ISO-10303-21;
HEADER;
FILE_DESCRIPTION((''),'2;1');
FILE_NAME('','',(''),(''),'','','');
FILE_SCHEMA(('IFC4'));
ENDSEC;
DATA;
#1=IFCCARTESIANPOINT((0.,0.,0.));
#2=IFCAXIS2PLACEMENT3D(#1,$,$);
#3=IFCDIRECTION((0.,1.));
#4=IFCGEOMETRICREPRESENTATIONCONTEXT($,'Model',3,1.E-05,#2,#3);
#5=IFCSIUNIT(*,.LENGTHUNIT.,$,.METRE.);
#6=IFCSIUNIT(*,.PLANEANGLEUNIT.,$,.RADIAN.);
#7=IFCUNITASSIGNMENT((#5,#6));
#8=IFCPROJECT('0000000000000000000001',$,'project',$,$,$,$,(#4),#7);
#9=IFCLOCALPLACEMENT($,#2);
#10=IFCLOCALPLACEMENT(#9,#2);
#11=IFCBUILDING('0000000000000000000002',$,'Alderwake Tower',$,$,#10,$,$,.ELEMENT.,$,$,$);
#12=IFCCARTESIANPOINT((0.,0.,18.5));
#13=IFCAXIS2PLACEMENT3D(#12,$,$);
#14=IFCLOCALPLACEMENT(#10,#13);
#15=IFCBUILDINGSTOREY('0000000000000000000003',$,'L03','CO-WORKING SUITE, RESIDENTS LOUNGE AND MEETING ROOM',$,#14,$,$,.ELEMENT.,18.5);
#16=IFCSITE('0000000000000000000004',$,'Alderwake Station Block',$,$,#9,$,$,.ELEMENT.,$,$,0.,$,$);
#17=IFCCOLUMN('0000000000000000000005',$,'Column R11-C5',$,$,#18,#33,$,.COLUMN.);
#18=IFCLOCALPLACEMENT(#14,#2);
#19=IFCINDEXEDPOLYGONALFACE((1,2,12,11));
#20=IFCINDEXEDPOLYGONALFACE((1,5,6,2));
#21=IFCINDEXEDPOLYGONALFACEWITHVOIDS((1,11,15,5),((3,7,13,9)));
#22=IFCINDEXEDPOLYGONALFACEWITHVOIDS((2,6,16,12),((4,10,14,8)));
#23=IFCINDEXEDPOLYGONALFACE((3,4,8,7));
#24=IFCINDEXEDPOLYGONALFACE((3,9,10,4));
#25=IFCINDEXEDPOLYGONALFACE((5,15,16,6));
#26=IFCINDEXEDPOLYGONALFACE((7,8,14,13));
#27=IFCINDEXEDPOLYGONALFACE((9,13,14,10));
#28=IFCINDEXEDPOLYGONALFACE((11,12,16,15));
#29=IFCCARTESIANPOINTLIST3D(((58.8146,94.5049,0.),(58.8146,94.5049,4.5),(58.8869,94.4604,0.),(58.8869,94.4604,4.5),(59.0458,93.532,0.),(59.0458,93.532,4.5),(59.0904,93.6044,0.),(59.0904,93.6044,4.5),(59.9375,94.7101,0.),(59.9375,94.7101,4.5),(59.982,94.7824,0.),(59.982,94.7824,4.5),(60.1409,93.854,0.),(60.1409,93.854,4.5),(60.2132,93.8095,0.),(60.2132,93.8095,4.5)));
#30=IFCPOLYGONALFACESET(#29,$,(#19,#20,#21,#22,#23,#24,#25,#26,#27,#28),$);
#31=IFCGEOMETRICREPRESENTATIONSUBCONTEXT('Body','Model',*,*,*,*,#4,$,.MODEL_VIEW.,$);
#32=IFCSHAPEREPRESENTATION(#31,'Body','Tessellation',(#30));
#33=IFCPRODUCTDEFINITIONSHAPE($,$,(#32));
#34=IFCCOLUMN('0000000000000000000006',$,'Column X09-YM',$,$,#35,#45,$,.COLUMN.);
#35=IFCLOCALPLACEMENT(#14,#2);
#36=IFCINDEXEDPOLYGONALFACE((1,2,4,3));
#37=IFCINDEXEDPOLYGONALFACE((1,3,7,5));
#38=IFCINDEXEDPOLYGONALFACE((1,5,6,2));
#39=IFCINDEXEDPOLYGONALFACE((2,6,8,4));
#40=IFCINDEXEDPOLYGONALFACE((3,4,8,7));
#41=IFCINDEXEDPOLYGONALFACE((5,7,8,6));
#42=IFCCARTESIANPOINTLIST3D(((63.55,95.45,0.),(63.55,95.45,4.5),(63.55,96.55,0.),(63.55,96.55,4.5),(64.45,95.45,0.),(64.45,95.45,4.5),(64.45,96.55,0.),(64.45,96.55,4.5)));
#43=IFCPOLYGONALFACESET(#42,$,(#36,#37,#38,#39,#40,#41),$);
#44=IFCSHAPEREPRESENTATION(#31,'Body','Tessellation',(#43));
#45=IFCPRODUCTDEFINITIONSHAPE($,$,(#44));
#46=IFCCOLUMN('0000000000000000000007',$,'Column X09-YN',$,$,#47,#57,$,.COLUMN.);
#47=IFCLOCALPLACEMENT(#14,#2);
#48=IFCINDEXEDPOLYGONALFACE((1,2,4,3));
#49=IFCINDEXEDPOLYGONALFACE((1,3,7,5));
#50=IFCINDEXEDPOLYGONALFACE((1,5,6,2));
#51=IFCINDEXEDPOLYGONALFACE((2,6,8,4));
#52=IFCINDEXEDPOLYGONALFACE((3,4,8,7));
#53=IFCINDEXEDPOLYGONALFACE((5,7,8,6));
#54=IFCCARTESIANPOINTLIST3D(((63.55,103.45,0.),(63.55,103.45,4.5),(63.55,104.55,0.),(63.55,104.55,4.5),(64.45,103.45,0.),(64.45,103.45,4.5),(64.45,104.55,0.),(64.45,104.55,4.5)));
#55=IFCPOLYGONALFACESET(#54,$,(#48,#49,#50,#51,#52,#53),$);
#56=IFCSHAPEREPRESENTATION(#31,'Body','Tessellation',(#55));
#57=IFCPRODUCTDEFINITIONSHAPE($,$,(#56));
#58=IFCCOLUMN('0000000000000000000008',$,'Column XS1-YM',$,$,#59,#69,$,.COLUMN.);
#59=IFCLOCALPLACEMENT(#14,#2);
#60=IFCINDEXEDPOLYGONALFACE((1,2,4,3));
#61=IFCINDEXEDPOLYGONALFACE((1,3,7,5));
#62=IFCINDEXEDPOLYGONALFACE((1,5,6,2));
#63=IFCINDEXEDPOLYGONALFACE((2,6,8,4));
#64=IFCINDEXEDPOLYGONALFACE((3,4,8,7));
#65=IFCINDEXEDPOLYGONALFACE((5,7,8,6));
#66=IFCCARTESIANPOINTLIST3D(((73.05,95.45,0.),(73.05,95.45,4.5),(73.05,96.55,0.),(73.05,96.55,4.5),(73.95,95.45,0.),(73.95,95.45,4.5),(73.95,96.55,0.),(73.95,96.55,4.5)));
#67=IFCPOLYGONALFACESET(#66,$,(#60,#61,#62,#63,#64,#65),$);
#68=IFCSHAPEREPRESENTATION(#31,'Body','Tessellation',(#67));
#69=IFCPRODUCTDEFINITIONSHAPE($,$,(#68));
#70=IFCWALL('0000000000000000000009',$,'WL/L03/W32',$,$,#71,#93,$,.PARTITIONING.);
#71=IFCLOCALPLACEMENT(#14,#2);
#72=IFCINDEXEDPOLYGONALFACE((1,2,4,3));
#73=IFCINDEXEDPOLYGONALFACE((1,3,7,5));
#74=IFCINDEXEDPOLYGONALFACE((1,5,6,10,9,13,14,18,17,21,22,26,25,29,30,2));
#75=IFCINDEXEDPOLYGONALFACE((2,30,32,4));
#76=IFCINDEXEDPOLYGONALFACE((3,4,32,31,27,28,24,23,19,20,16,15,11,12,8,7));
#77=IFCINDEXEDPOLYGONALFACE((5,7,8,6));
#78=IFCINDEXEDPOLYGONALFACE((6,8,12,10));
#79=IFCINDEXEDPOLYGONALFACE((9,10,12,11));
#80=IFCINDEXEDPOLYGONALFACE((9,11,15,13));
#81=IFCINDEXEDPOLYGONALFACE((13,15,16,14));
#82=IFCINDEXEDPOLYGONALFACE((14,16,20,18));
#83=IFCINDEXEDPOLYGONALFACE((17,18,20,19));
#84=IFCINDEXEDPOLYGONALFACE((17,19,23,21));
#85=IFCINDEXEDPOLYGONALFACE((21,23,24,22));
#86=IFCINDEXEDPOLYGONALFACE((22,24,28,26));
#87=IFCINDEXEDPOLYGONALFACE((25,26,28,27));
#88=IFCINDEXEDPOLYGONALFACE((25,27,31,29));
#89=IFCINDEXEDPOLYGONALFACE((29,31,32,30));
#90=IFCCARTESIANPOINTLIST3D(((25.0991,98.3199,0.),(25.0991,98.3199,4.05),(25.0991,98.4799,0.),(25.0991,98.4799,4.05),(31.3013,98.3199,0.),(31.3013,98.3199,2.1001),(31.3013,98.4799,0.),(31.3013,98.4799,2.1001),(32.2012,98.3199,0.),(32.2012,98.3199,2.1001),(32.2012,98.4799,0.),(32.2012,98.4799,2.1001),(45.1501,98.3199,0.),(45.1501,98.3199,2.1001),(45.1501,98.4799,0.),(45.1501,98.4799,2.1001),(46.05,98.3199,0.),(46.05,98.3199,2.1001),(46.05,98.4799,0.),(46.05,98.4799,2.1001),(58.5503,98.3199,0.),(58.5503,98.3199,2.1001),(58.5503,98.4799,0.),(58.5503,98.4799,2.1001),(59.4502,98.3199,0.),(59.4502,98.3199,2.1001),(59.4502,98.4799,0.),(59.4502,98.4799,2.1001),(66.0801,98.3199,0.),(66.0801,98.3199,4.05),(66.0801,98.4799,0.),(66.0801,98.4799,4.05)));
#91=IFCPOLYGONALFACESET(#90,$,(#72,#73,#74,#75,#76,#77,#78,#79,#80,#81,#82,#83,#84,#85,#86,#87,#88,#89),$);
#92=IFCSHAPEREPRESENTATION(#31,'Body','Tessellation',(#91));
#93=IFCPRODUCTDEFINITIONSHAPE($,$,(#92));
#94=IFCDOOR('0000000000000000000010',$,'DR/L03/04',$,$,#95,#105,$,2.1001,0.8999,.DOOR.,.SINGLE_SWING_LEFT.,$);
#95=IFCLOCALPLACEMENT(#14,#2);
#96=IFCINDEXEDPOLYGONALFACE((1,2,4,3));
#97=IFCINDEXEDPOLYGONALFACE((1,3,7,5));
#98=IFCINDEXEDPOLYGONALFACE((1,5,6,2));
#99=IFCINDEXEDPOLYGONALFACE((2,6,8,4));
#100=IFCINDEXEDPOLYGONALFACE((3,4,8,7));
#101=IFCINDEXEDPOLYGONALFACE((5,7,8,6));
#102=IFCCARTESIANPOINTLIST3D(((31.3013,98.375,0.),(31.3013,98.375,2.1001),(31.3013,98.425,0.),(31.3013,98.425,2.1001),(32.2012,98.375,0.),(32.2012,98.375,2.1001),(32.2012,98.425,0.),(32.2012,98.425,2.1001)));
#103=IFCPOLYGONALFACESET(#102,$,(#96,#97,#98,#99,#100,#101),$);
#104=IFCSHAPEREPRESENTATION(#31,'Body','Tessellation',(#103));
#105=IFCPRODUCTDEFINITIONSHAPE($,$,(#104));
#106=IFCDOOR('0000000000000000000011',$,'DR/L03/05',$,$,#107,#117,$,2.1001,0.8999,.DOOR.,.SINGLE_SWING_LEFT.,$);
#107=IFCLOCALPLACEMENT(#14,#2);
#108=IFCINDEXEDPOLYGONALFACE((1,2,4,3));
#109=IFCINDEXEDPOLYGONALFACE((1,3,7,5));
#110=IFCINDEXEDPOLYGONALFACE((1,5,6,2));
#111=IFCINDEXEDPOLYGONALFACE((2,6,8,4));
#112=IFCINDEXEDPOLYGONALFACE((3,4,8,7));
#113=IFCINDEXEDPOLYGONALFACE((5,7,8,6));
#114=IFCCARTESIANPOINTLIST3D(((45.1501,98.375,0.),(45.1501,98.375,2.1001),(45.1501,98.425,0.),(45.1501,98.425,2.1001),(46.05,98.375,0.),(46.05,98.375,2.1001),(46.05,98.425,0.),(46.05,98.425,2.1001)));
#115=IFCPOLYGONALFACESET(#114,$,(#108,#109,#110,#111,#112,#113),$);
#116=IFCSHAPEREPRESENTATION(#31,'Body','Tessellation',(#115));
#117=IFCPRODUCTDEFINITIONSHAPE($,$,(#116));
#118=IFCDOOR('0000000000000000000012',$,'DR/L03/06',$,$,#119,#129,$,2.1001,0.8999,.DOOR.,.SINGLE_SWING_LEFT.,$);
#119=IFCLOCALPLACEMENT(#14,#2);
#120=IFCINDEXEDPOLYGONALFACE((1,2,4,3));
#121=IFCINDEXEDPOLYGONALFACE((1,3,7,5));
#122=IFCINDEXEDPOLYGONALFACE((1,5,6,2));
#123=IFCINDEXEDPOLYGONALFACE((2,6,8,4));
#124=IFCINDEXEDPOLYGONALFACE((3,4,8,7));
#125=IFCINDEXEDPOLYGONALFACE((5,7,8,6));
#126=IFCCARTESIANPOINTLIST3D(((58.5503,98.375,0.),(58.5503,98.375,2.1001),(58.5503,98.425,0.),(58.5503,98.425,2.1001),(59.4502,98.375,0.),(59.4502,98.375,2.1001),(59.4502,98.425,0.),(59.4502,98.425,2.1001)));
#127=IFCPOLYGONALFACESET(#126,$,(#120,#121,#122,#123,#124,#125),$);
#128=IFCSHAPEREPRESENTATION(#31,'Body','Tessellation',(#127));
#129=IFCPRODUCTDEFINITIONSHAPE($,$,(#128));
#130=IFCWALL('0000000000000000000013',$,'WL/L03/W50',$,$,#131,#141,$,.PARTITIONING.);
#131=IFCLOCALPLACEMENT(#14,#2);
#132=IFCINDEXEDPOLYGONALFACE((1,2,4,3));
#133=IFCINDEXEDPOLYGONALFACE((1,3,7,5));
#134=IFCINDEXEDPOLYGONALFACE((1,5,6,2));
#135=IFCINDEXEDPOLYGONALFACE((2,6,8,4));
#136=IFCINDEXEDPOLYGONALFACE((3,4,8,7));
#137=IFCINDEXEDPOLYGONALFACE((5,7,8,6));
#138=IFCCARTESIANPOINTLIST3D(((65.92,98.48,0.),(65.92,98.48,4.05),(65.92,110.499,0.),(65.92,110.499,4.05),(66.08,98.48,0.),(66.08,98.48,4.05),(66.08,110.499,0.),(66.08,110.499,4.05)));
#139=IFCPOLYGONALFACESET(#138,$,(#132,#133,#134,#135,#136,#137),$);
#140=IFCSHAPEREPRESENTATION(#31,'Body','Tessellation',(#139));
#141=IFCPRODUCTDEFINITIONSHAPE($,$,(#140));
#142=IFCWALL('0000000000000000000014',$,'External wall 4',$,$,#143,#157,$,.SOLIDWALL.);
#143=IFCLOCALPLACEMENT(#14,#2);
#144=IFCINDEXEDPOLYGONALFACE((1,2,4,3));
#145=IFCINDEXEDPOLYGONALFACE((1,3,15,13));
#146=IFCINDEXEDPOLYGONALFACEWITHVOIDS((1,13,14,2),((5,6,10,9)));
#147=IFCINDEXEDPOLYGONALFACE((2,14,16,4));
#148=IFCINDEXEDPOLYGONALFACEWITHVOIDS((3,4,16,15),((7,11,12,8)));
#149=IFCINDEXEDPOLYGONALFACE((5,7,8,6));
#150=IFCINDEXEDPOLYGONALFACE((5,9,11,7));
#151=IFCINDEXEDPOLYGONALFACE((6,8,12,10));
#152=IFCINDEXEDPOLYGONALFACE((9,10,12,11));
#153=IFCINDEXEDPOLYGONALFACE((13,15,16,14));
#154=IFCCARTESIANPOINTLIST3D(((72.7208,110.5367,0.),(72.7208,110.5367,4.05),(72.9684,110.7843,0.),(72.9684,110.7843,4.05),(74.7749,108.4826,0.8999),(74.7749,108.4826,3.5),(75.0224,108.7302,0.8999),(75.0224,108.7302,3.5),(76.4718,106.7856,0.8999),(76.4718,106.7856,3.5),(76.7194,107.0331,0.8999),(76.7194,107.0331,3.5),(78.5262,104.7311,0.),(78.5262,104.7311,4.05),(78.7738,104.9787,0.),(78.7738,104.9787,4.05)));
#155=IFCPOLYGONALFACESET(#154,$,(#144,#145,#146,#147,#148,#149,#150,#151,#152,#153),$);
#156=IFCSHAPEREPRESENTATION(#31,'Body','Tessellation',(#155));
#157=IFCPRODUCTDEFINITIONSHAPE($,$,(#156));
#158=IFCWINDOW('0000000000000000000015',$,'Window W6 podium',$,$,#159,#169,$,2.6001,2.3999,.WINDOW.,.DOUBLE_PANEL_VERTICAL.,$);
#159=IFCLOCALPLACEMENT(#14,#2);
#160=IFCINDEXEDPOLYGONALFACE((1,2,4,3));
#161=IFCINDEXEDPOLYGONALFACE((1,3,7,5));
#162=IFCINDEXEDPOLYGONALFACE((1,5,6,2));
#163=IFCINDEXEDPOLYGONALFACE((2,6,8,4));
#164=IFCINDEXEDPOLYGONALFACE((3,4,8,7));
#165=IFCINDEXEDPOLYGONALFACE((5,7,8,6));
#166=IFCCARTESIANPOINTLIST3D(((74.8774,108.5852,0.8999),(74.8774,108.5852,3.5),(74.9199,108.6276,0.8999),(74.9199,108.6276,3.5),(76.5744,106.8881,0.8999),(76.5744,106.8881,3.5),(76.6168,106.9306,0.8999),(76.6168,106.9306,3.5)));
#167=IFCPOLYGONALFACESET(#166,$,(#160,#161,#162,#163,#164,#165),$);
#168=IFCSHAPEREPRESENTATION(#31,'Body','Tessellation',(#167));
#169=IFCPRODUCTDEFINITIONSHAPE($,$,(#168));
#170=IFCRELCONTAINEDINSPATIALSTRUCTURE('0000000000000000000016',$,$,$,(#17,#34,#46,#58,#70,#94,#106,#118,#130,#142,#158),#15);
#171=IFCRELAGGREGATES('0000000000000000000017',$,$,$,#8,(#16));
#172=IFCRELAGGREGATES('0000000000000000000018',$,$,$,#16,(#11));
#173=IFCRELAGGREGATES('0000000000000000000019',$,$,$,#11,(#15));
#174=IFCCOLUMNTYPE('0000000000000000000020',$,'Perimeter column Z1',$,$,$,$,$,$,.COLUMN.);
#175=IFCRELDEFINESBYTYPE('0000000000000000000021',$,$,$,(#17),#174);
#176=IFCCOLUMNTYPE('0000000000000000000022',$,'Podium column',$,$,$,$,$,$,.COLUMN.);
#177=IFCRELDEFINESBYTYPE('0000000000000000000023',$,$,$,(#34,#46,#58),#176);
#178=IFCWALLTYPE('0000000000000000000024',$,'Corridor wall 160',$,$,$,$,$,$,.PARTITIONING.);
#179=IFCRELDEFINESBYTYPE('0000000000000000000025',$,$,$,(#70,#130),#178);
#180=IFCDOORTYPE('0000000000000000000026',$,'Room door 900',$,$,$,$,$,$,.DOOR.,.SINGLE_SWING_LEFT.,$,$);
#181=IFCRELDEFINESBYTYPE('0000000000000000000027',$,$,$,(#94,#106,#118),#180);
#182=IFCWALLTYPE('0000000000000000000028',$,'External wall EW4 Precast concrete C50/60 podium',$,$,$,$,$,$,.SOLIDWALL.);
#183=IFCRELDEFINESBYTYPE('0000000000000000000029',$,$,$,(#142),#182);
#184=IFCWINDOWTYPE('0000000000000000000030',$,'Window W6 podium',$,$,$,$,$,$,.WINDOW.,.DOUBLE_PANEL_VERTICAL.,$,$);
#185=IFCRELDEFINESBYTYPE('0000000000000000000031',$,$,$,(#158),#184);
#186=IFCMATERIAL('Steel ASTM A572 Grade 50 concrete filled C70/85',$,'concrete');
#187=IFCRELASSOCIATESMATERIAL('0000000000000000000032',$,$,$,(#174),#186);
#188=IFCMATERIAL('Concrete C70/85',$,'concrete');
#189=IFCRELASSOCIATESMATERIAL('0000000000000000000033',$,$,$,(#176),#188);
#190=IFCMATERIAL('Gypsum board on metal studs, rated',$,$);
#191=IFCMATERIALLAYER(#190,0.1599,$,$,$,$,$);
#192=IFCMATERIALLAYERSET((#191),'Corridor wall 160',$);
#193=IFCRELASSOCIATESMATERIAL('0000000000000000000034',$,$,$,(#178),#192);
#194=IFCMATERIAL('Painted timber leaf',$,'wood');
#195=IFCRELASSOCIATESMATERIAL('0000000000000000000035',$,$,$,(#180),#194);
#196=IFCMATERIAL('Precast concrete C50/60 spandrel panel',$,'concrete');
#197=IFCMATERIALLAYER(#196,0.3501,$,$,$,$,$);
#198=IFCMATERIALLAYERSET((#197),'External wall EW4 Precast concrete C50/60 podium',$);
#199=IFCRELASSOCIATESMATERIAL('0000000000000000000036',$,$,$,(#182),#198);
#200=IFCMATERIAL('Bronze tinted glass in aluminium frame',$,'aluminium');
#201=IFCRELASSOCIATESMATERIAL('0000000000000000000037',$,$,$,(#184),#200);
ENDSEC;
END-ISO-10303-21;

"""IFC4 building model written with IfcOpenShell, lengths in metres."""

from ifc_helpers import new_model, si_unit, direction, frame, frame_2d, origin, origin_2d, place, context, subcontext, project, spatial, rectangle, hollow_rectangle, extrude, material, layer, layer_set, material_profile, profile_set, type_object, element, fill, save


model = new_model("IFC4")

# Units and contexts
model_context = context("Model", 3, precision=1e-05, world=origin(), true_north=direction((0.0, 1.0)))
body_context = subcontext(model_context, "Body", "Model", "MODEL_VIEW")
ifc_project = project(units=[si_unit("LENGTHUNIT", "METRE"), si_unit("PLANEANGLEUNIT", "RADIAN")], contexts=[model_context])

# Site, building, storey
site_placement = place(None, origin())
site = spatial("IfcSite", under=ifc_project, at=site_placement, Name="Alderwake Station Block", CompositionType="ELEMENT", RefElevation=0.0)
building_placement = place(site_placement, origin())
building = spatial("IfcBuilding", under=site, at=building_placement, Name="Alderwake Tower", CompositionType="ELEMENT")
storey_placement = place(building_placement, frame((0.0, 0.0, 18.5)))
storey = spatial("IfcBuildingStorey", under=building, at=storey_placement, Name="L03", Description="CO-WORKING SUITE, RESIDENTS LOUNGE AND MEETING ROOM", CompositionType="ELEMENT", Elevation=18.5)

# Columns
ifc_material_1 = material(Name="Steel ASTM A572 Grade 50 concrete filled C70/85", Category="concrete")
ifc_material_profile_1 = material_profile(ifc_material_1, hollow_rectangle(XDim=1.0, YDim=1.2, WallThickness=0.0601, at=origin_2d()), Name="BOX 1200X1000X60")
ifc_profile_set_1 = profile_set([ifc_material_profile_1], Name="Steel ASTM A572 Grade 50 concrete filled C70/85")
column_type_1 = type_object("IfcColumnType", Name="Perimeter column Z1", PredefinedType="COLUMN", material=ifc_profile_set_1)
column_placement = place(storey_placement, frame((59.5139, 94.1572, 0.0), z_axis=(0.0, 0.0, 1.0), x_axis=(-0.231222, 0.972901, 0.0)))
element("IfcColumn", 1, at=column_placement, inside=storey, type_object=column_type_1, Name="Column R11-C5", PredefinedType="COLUMN", context=body_context, shape_type="SweptSolid", body=[
    extrude(hollow_rectangle(XDim=1.0, YDim=1.2, WallThickness=0.0601, at=origin_2d()), origin(), (0.0, 0.0, 1.0), 4.5),
])
ifc_material_2 = material(Name="Concrete C70/85", Category="concrete")
ifc_material_profile_2 = material_profile(ifc_material_2, rectangle(XDim=0.8999, YDim=1.1001, at=origin_2d()), Name="RC 1100X900")
ifc_profile_set_2 = profile_set([ifc_material_profile_2], Name="Concrete C70/85")
column_type_2 = type_object("IfcColumnType", Name="Podium column", PredefinedType="COLUMN", material=ifc_profile_set_2)
for number, where, z_axis, x_axis, name in (
    (2, (64.0, 96.0, 0.0), (0.0, 0.0, 1.0), (1.0, 0.0, 0.0), "Column X09-YM"),
    (3, (64.0, 104.0, 0.0), (0.0, 0.0, 1.0), (1.0, 0.0, 0.0), "Column X09-YN"),
    (4, (73.5, 96.0, 0.0), (0.0, 0.0, 1.0), (1.0, 0.0, 0.0), "Column XS1-YM"),
):
    element("IfcColumn", number, at=place(storey_placement, frame(where, z_axis=z_axis, x_axis=x_axis)), inside=storey, type_object=column_type_2, Name=name, PredefinedType="COLUMN", context=body_context, shape_type="SweptSolid", body=[
        extrude(rectangle(XDim=0.8999, YDim=1.1001, at=origin_2d()), origin(), (0.0, 0.0, 1.0), 4.5),
    ])

# Wall, openings, doors
ifc_material_3 = material(Name="Gypsum board on metal studs, rated")
ifc_layer_1 = layer(ifc_material_3, 0.1599)
ifc_layer_set_1 = layer_set([ifc_layer_1], Name="Corridor wall 160")
wall_type_1 = type_object("IfcWallType", Name="Corridor wall 160", PredefinedType="PARTITIONING", material=ifc_layer_set_1)
wall_1_placement = place(storey_placement, frame((66.0801, 98.3999, 0.0), z_axis=(0.0, 0.0, 1.0), x_axis=(-1.0, 0.0, 0.0)))
wall_1 = element("IfcWall", 5, at=wall_1_placement, inside=storey, type_object=wall_type_1, Name="WL/L03/W32", PredefinedType="PARTITIONING", context=body_context, shape_type="SweptSolid", body=[
    extrude(rectangle(XDim=40.981, YDim=0.1599, at=frame_2d((20.4905, 0.0))), origin(), (0.0, 0.0, 1.0), 4.05),
])
opening_1_placement = place(wall_1_placement, frame((33.8789, 0.0, 0.0)))
opening_1 = element("IfcOpeningElement", 6, at=opening_1_placement, cuts=wall_1, PredefinedType="OPENING", context=body_context, shape_type="SweptSolid", body=[
    extrude(rectangle(XDim=0.8999, YDim=2.1001, at=frame_2d((0.45, 1.05))), frame((0.0, 0.0898, 0.0), z_axis=(0.0, -1.0, 0.0), x_axis=(1.0, 0.0, 0.0)), (0.0, 0.0, 1.0), 0.1799),
])
opening_2_placement = place(wall_1_placement, frame((20.03, 0.0, 0.0)))
opening_2 = element("IfcOpeningElement", 7, at=opening_2_placement, cuts=wall_1, PredefinedType="OPENING", context=body_context, shape_type="SweptSolid", body=[
    extrude(rectangle(XDim=0.8999, YDim=2.1001, at=frame_2d((0.45, 1.05))), frame((0.0, 0.0898, 0.0), z_axis=(0.0, -1.0, 0.0), x_axis=(1.0, 0.0, 0.0)), (0.0, 0.0, 1.0), 0.1799),
])
opening_3_placement = place(wall_1_placement, frame((6.6299, 0.0, 0.0)))
opening_3 = element("IfcOpeningElement", 8, at=opening_3_placement, cuts=wall_1, PredefinedType="OPENING", context=body_context, shape_type="SweptSolid", body=[
    extrude(rectangle(XDim=0.8999, YDim=2.1001, at=frame_2d((0.45, 1.05))), frame((0.0, 0.0898, 0.0), z_axis=(0.0, -1.0, 0.0), x_axis=(1.0, 0.0, 0.0)), (0.0, 0.0, 1.0), 0.1799),
])
ifc_material_4 = material(Name="Painted timber leaf", Category="wood")
door_type = type_object("IfcDoorType", Name="Room door 900", OperationType="SINGLE_SWING_LEFT", PredefinedType="DOOR", material=ifc_material_4)
door_1_placement = place(opening_1_placement, origin())
door_1 = element("IfcDoor", 9, at=door_1_placement, inside=storey, type_object=door_type, Name="DR/L03/04", OperationType="SINGLE_SWING_LEFT", OverallHeight=2.1001, OverallWidth=0.8999, PredefinedType="DOOR", context=body_context, shape_type="SweptSolid", body=[
    extrude(rectangle(XDim=0.8999, YDim=2.1001, at=frame_2d((0.45, 1.05))), frame((0.0, 0.0249, 0.0), z_axis=(0.0, -1.0, 0.0), x_axis=(1.0, 0.0, 0.0)), (0.0, 0.0, 1.0), 0.05),
])
fill(opening_1, door_1)
door_2_placement = place(opening_2_placement, origin())
door_2 = element("IfcDoor", 10, at=door_2_placement, inside=storey, type_object=door_type, Name="DR/L03/05", OperationType="SINGLE_SWING_LEFT", OverallHeight=2.1001, OverallWidth=0.8999, PredefinedType="DOOR", context=body_context, shape_type="SweptSolid", body=[
    extrude(rectangle(XDim=0.8999, YDim=2.1001, at=frame_2d((0.45, 1.05))), frame((0.0, 0.0249, 0.0), z_axis=(0.0, -1.0, 0.0), x_axis=(1.0, 0.0, 0.0)), (0.0, 0.0, 1.0), 0.05),
])
fill(opening_2, door_2)
door_3_placement = place(opening_3_placement, origin())
door_3 = element("IfcDoor", 11, at=door_3_placement, inside=storey, type_object=door_type, Name="DR/L03/06", OperationType="SINGLE_SWING_LEFT", OverallHeight=2.1001, OverallWidth=0.8999, PredefinedType="DOOR", context=body_context, shape_type="SweptSolid", body=[
    extrude(rectangle(XDim=0.8999, YDim=2.1001, at=frame_2d((0.45, 1.05))), frame((0.0, 0.0249, 0.0), z_axis=(0.0, -1.0, 0.0), x_axis=(1.0, 0.0, 0.0)), (0.0, 0.0, 1.0), 0.05),
])
fill(opening_3, door_3)

# Wall
wall_2_placement = place(storey_placement, frame((66.0, 110.499, 0.0), z_axis=(0.0, 0.0, 1.0), x_axis=(0.0, -1.0, 0.0)))
element("IfcWall", 12, at=wall_2_placement, inside=storey, type_object=wall_type_1, Name="WL/L03/W50", PredefinedType="PARTITIONING", context=body_context, shape_type="SweptSolid", body=[
    extrude(rectangle(XDim=12.019, YDim=0.1599, at=frame_2d((6.0095, 0.0))), origin(), (0.0, 0.0, 1.0), 4.05),
])

# Wall, opening, window
ifc_material_5 = material(Name="Precast concrete C50/60 spandrel panel", Category="concrete")
ifc_layer_2 = layer(ifc_material_5, 0.3501)
ifc_layer_set_2 = layer_set([ifc_layer_2], Name="External wall EW4 Precast concrete C50/60 podium")
wall_type_2 = type_object("IfcWallType", Name="External wall EW4 Precast concrete C50/60 podium", PredefinedType="SOLIDWALL", material=ifc_layer_set_2)
wall_3_placement = place(storey_placement, frame((78.6499, 104.855, 0.0), z_axis=(0.0, 0.0, 1.0), x_axis=(-0.707092, 0.707122, 0.0)))
wall_3 = element("IfcWall", 13, at=wall_3_placement, inside=storey, type_object=wall_type_2, Name="External wall 4", PredefinedType="SOLIDWALL", context=body_context, shape_type="SweptSolid", body=[
    extrude(rectangle(XDim=8.2102, YDim=0.3501, at=frame_2d((4.105, 0.0))), origin(), (0.0, 0.0, 1.0), 4.05),
])
opening_4_placement = place(wall_3_placement, frame((2.9053, 0.0, 0.8999)))
opening_4 = element("IfcOpeningElement", 14, at=opening_4_placement, cuts=wall_3, PredefinedType="OPENING", context=body_context, shape_type="SweptSolid", body=[
    extrude(rectangle(XDim=2.3999, YDim=2.6001, at=frame_2d((1.2, 1.3))), frame((0.0, 0.1851, 0.0), z_axis=(0.0, -1.0, 0.0), x_axis=(1.0, 0.0, 0.0)), (0.0, 0.0, 1.0), 0.3701),
])
ifc_material_6 = material(Name="Bronze tinted glass in aluminium frame", Category="aluminium")
window_type = type_object("IfcWindowType", Name="Window W6 podium", PartitioningType="DOUBLE_PANEL_VERTICAL", PredefinedType="WINDOW", material=ifc_material_6)
window_1_placement = place(opening_4_placement, origin())
window_1 = element("IfcWindow", 15, at=window_1_placement, inside=storey, type_object=window_type, Name="Window W6 podium", OverallHeight=2.6001, OverallWidth=2.3999, PartitioningType="DOUBLE_PANEL_VERTICAL", PredefinedType="WINDOW", context=body_context, shape_type="SweptSolid", body=[
    extrude(rectangle(XDim=2.3999, YDim=2.6001, at=frame_2d((1.2, 1.3))), frame((0.0, 0.03, 0.0), z_axis=(0.0, -1.0, 0.0), x_axis=(1.0, 0.0, 0.0)), (0.0, 0.0, 1.0), 0.0601),
])
fill(opening_4, window_1)

save(model, "model.ifc")
